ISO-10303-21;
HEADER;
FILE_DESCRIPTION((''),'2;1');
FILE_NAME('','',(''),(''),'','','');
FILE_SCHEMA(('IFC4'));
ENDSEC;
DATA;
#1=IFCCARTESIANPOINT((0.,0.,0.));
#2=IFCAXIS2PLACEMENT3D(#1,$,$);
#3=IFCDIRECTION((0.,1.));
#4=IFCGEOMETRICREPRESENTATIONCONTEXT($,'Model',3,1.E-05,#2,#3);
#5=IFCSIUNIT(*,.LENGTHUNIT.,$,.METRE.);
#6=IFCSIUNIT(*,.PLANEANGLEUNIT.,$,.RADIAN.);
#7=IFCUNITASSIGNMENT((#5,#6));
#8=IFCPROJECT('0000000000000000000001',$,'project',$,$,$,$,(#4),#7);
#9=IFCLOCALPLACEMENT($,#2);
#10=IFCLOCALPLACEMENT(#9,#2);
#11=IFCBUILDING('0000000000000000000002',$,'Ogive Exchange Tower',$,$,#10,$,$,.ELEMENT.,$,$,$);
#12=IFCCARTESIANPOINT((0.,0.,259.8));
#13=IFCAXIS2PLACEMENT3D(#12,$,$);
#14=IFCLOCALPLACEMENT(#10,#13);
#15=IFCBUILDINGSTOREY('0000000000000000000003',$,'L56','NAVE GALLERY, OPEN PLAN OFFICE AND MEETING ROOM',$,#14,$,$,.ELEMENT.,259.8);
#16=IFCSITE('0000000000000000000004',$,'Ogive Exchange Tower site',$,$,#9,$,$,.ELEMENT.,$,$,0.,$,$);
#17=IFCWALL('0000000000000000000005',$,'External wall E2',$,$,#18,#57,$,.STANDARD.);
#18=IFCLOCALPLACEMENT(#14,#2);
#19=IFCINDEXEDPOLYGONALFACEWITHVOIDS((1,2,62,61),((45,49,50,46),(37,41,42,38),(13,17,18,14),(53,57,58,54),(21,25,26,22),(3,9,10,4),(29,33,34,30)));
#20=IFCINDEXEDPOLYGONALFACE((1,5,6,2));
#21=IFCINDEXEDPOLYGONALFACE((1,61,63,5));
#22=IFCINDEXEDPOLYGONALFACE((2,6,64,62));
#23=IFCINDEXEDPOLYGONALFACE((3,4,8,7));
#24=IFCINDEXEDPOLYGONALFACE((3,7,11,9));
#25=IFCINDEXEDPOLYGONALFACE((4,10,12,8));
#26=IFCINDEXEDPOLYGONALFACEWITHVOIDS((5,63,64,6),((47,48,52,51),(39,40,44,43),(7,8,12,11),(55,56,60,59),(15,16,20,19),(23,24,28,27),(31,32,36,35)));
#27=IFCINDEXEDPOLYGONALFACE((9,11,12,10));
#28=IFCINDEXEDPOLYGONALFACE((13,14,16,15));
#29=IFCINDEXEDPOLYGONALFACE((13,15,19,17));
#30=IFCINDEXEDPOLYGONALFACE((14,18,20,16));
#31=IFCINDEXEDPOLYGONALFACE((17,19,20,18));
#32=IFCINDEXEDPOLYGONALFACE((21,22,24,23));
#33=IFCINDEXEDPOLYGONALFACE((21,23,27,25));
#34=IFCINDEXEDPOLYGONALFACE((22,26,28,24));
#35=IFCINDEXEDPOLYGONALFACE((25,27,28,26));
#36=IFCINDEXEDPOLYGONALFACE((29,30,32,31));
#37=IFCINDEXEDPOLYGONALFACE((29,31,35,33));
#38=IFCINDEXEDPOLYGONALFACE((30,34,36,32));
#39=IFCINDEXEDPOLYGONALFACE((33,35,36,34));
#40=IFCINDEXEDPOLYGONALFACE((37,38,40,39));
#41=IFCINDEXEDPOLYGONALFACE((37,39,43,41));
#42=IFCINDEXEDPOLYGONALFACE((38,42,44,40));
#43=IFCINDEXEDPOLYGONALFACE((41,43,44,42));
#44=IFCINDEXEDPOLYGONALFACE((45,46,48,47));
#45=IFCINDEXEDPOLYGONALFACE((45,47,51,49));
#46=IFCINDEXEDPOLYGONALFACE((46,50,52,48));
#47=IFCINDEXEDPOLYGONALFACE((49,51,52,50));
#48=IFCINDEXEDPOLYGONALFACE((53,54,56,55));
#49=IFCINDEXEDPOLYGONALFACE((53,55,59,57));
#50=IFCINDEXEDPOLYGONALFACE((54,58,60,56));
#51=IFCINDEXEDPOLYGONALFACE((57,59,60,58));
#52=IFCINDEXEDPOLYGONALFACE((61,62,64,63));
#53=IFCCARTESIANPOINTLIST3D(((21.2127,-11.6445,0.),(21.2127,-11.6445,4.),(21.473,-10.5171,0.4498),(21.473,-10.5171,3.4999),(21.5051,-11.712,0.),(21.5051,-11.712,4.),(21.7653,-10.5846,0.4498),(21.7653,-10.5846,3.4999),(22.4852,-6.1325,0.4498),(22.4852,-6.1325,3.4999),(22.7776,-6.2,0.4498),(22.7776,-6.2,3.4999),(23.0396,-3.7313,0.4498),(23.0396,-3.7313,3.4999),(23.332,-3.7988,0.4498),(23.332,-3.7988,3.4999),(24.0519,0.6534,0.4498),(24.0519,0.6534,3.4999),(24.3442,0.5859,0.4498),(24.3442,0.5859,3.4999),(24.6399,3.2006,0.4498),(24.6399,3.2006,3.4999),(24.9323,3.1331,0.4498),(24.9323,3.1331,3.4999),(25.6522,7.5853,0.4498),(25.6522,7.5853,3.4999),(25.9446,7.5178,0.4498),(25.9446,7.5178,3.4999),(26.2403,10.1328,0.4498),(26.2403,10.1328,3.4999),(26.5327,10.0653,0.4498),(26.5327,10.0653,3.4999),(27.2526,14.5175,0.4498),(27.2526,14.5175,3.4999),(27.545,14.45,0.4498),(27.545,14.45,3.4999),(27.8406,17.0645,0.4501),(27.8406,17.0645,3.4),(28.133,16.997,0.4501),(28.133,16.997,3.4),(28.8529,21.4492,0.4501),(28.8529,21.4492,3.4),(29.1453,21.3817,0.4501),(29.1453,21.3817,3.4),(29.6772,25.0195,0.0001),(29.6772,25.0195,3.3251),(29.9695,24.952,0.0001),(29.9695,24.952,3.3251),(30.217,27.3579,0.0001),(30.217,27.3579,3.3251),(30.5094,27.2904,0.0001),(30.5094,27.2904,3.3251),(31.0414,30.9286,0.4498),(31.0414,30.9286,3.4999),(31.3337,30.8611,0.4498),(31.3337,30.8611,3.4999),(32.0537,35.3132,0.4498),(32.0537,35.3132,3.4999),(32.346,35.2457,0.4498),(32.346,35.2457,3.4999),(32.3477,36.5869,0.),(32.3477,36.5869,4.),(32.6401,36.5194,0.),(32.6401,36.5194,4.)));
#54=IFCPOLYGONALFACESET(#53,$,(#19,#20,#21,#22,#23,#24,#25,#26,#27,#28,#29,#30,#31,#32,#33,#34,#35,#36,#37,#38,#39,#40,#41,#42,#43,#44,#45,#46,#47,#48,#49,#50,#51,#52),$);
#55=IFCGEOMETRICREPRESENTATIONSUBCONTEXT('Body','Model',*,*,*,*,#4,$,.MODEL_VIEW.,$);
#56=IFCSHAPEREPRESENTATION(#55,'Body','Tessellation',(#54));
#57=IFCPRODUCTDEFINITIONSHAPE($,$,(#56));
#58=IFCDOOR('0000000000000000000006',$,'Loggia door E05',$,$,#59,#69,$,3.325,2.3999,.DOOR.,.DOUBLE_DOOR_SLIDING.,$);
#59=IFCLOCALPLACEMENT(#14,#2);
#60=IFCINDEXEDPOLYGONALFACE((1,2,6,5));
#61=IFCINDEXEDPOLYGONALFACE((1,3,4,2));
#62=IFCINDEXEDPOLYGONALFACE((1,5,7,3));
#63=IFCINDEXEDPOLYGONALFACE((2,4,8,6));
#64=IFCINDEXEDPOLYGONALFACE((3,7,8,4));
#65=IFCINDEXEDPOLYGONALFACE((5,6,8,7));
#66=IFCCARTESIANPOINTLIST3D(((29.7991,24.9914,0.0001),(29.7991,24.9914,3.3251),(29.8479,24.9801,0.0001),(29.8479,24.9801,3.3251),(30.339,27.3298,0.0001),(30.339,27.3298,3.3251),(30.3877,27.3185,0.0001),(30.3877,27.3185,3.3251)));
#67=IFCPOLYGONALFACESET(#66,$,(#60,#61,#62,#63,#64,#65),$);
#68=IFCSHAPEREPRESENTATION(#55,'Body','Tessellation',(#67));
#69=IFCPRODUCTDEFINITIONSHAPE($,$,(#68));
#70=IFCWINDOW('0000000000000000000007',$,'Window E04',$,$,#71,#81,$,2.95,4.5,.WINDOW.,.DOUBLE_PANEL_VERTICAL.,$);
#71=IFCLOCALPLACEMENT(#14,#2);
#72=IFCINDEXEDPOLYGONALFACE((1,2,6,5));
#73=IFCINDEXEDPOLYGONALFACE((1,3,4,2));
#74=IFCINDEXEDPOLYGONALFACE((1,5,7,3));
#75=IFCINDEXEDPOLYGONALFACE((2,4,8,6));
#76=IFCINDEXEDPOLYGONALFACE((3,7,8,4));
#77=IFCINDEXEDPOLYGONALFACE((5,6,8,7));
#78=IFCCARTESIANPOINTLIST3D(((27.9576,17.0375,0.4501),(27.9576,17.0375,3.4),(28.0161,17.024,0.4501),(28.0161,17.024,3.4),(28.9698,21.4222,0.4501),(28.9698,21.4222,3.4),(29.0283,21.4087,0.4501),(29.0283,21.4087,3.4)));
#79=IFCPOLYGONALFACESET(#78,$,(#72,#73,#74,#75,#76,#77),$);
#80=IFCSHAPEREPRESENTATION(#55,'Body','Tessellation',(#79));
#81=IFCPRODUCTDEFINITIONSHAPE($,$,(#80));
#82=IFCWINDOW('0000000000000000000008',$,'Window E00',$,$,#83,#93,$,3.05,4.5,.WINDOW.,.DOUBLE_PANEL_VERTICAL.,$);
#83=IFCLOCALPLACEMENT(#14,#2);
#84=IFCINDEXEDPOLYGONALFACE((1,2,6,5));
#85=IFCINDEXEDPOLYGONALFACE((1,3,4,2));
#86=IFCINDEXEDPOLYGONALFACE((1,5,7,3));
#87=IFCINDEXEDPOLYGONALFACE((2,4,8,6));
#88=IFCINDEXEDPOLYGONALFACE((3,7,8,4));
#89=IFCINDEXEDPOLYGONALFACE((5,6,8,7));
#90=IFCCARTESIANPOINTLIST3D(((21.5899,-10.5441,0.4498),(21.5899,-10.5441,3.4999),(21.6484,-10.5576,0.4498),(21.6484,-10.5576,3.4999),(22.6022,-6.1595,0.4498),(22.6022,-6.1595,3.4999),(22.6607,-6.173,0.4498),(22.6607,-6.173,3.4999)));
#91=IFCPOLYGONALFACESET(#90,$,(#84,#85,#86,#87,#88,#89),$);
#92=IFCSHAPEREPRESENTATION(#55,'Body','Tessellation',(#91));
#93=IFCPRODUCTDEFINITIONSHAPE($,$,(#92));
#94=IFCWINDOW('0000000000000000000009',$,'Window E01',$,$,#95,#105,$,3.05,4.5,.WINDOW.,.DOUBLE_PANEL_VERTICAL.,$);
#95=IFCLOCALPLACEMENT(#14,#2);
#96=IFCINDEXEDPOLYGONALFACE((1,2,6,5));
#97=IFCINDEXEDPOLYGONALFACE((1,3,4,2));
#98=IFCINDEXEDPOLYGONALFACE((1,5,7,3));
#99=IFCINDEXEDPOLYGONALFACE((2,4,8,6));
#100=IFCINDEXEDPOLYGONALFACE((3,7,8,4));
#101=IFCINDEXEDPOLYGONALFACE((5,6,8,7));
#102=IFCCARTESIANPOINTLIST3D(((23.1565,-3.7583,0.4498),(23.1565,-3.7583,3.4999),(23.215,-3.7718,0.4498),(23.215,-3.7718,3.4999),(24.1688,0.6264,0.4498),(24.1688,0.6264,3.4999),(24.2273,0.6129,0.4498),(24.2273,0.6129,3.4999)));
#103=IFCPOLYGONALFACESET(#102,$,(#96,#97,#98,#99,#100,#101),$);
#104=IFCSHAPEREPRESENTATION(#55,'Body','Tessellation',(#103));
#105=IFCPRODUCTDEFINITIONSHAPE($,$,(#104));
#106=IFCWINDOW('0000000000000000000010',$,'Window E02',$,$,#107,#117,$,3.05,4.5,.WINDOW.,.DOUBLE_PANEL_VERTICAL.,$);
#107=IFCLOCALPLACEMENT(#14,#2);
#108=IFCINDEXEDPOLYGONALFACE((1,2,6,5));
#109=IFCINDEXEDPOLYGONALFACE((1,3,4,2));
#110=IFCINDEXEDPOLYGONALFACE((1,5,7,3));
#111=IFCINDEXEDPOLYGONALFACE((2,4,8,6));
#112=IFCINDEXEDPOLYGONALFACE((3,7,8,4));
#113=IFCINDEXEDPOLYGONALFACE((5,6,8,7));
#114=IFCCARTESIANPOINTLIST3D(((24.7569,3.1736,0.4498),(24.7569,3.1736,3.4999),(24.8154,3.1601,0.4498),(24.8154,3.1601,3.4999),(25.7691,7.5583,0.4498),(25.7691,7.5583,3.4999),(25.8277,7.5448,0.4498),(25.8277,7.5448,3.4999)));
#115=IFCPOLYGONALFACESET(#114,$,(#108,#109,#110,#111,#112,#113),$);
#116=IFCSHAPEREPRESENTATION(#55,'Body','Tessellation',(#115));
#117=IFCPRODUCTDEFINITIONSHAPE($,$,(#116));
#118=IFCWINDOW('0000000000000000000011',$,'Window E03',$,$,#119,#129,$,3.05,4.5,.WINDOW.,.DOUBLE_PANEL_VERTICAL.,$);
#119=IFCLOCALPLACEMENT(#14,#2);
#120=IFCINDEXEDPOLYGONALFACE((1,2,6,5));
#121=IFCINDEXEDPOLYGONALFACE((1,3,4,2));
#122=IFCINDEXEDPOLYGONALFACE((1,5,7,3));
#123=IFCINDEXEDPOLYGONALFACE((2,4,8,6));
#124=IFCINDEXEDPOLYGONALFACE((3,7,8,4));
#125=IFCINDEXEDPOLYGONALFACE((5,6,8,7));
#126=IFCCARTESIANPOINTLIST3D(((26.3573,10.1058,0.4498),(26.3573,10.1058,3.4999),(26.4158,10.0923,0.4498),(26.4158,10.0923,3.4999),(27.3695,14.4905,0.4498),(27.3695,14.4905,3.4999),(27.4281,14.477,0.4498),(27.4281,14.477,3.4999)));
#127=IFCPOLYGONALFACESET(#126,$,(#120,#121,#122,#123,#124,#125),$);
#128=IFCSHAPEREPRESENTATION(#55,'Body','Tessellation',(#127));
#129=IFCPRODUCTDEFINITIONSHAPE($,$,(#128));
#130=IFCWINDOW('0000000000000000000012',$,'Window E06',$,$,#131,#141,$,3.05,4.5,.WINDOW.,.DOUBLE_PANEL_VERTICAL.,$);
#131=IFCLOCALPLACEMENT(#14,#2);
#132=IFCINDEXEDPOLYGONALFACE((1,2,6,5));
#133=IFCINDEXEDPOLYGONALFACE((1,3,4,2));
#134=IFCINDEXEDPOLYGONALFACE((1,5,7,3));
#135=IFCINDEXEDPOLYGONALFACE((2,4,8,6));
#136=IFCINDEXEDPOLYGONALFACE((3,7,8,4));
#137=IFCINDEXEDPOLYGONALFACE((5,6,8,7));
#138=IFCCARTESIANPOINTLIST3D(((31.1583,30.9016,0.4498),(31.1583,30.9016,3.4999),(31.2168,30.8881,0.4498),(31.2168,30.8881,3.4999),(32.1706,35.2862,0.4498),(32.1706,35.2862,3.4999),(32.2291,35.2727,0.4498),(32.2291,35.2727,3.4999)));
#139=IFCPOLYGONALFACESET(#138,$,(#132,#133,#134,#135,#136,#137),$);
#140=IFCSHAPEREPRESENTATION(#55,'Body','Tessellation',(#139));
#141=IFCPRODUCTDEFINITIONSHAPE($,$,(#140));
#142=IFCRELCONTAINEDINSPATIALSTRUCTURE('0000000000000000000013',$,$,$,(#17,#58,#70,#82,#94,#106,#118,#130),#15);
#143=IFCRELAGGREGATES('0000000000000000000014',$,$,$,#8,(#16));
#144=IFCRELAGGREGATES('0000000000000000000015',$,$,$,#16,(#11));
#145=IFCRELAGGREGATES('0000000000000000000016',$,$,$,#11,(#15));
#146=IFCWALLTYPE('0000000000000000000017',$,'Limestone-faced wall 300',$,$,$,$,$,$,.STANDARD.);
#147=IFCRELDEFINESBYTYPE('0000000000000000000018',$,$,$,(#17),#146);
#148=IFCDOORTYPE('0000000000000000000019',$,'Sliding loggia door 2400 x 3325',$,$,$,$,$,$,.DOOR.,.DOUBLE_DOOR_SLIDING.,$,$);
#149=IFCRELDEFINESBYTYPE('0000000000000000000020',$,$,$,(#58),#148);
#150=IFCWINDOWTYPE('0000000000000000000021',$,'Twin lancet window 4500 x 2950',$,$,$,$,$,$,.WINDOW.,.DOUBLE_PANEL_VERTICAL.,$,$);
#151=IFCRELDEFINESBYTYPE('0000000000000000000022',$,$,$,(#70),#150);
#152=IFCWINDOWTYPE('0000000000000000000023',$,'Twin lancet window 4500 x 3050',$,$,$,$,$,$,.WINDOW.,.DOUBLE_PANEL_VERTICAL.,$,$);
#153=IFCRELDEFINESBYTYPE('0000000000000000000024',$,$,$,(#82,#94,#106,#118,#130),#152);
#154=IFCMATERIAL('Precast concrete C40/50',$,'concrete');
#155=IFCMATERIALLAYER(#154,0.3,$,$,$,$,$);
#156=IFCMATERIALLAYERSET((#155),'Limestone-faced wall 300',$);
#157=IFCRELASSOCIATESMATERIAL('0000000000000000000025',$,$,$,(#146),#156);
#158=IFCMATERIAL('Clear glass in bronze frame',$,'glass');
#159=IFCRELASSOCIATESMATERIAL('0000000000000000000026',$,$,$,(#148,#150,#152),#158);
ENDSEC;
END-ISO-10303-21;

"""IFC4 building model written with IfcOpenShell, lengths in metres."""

from ifc_helpers import new_model, si_unit, direction, frame, frame_2d, origin, place, context, subcontext, project, spatial, rectangle, extrude, material, layer, layer_set, type_object, element, fill, save


model = new_model("IFC4")

# Units and contexts
model_context = context("Model", 3, precision=1e-05, world=origin(), true_north=direction((0.0, 1.0)))
body_context = subcontext(model_context, "Body", "Model", "MODEL_VIEW")
ifc_project = project(units=[si_unit("LENGTHUNIT", "METRE"), si_unit("PLANEANGLEUNIT", "RADIAN")], contexts=[model_context])

# Site, building, storey
site_placement = place(None, origin())
site = spatial("IfcSite", under=ifc_project, at=site_placement, Name="Ogive Exchange Tower site", CompositionType="ELEMENT", RefElevation=0.0)
building_placement = place(site_placement, origin())
building = spatial("IfcBuilding", under=site, at=building_placement, Name="Ogive Exchange Tower", CompositionType="ELEMENT")
storey_placement = place(building_placement, frame((0.0, 0.0, 259.8)))
storey = spatial("IfcBuildingStorey", under=building, at=storey_placement, Name="L56", Description="NAVE GALLERY, OPEN PLAN OFFICE AND MEETING ROOM", CompositionType="ELEMENT", Elevation=259.8)

# Wall, openings, door, windows
ifc_material_1 = material(Name="Precast concrete C40/50", Category="concrete")
ifc_layer_1 = layer(ifc_material_1, 0.3)
ifc_layer_set_1 = layer_set([ifc_layer_1], Name="Limestone-faced wall 300")
wall_type_1 = type_object("IfcWallType", Name="Limestone-faced wall 300", PredefinedType="STANDARD", material=ifc_layer_set_1)
wall_1_placement = place(storey_placement, frame((21.3589, -11.6782, 0.0), z_axis=(0.0, 0.0, 1.0), x_axis=(0.224949, 0.97437, 0.0)))
wall_1 = element("IfcWall", 1, at=wall_1_placement, inside=storey, type_object=wall_type_1, Name="External wall E2", PredefinedType="STANDARD", context=body_context, shape_type="SweptSolid", body=[
    extrude(rectangle(XDim=49.5, YDim=0.3, at=frame_2d((24.75, 0.0))), origin(), (0.0, 0.0, 1.0), 4.0),
])
opening_1_placement = place(wall_1_placement, frame((1.157, 0.0, 0.45)))
opening_1 = element("IfcOpeningElement", 2, at=opening_1_placement, cuts=wall_1, PredefinedType="OPENING", context=body_context, shape_type="SweptSolid", body=[
    extrude(rectangle(XDim=4.5, YDim=3.05, at=frame_2d((2.25, 1.5249))), frame((0.0, 0.1599, 0.0), z_axis=(0.0, -1.0, 0.0), x_axis=(1.0, 0.0, 0.0)), (0.0, 0.0, 1.0), 0.3201),
])
opening_2_placement = place(wall_1_placement, frame((8.1213, 0.0, 0.45)))
opening_2 = element("IfcOpeningElement", 3, at=opening_2_placement, cuts=wall_1, PredefinedType="OPENING", context=body_context, shape_type="SweptSolid", body=[
    extrude(rectangle(XDim=4.5, YDim=3.05, at=frame_2d((2.25, 1.5249))), frame((0.0, 0.1599, 0.0), z_axis=(0.0, -1.0, 0.0), x_axis=(1.0, 0.0, 0.0)), (0.0, 0.0, 1.0), 0.3201),
])
opening_3_placement = place(wall_1_placement, frame((15.2356, 0.0, 0.45)))
opening_3 = element("IfcOpeningElement", 4, at=opening_3_placement, cuts=wall_1, PredefinedType="OPENING", context=body_context, shape_type="SweptSolid", body=[
    extrude(rectangle(XDim=4.5, YDim=3.05, at=frame_2d((2.25, 1.5249))), frame((0.0, 0.1599, 0.0), z_axis=(0.0, -1.0, 0.0), x_axis=(1.0, 0.0, 0.0)), (0.0, 0.0, 1.0), 0.3201),
])
opening_4_placement = place(wall_1_placement, frame((22.3501, 0.0, 0.45)))
opening_4 = element("IfcOpeningElement", 5, at=opening_4_placement, cuts=wall_1, PredefinedType="OPENING", context=body_context, shape_type="SweptSolid", body=[
    extrude(rectangle(XDim=4.5, YDim=3.05, at=frame_2d((2.25, 1.5249))), frame((0.0, 0.1599, 0.0), z_axis=(0.0, -1.0, 0.0), x_axis=(1.0, 0.0, 0.0)), (0.0, 0.0, 1.0), 0.3201),
])
opening_5_placement = place(wall_1_placement, frame((29.4641, 0.0, 0.45)))
opening_5 = element("IfcOpeningElement", 6, at=opening_5_placement, cuts=wall_1, PredefinedType="OPENING", context=body_context, shape_type="SweptSolid", body=[
    extrude(rectangle(XDim=4.5, YDim=2.95, at=frame_2d((2.25, 1.4751))), frame((0.0, 0.1599, 0.0), z_axis=(0.0, -1.0, 0.0), x_axis=(1.0, 0.0, 0.0)), (0.0, 0.0, 1.0), 0.3201),
])
opening_6_placement = place(wall_1_placement, frame((37.6284, 0.0, 0.0)))
opening_6 = element("IfcOpeningElement", 7, at=opening_6_placement, cuts=wall_1, PredefinedType="OPENING", context=body_context, shape_type="SweptSolid", body=[
    extrude(rectangle(XDim=2.3999, YDim=3.325, at=frame_2d((1.2, 1.6626))), frame((0.0, 0.1599, 0.0), z_axis=(0.0, -1.0, 0.0), x_axis=(1.0, 0.0, 0.0)), (0.0, 0.0, 1.0), 0.3201),
])
opening_7_placement = place(wall_1_placement, frame((43.6929, 0.0, 0.45)))
opening_7 = element("IfcOpeningElement", 8, at=opening_7_placement, cuts=wall_1, PredefinedType="OPENING", context=body_context, shape_type="SweptSolid", body=[
    extrude(rectangle(XDim=4.5, YDim=3.05, at=frame_2d((2.25, 1.5249))), frame((0.0, 0.1599, 0.0), z_axis=(0.0, -1.0, 0.0), x_axis=(1.0, 0.0, 0.0)), (0.0, 0.0, 1.0), 0.3201),
])
ifc_material_2 = material(Name="Clear glass in bronze frame", Category="glass")
door_type_1 = type_object("IfcDoorType", Name="Sliding loggia door 2400 x 3325", OperationType="DOUBLE_DOOR_SLIDING", PredefinedType="DOOR", material=ifc_material_2)
door_1_placement = place(opening_6_placement, origin())
door_1 = element("IfcDoor", 9, at=door_1_placement, inside=storey, type_object=door_type_1, Name="Loggia door E05", OperationType="DOUBLE_DOOR_SLIDING", OverallHeight=3.325, OverallWidth=2.3999, PredefinedType="DOOR", context=body_context, shape_type="SweptSolid", body=[
    extrude(rectangle(XDim=2.3999, YDim=3.325, at=frame_2d((1.2, 1.6626))), frame((0.0, 0.0249, 0.0), z_axis=(0.0, -1.0, 0.0), x_axis=(1.0, 0.0, 0.0)), (0.0, 0.0, 1.0), 0.05),
])
fill(opening_6, door_1)
window_type_1 = type_object("IfcWindowType", Name="Twin lancet window 4500 x 2950", PartitioningType="DOUBLE_PANEL_VERTICAL", PredefinedType="WINDOW", material=ifc_material_2)
window_1_placement = place(opening_5_placement, origin())
window_1 = element("IfcWindow", 10, at=window_1_placement, inside=storey, type_object=window_type_1, Name="Window E04", OverallHeight=2.95, OverallWidth=4.5, PartitioningType="DOUBLE_PANEL_VERTICAL", PredefinedType="WINDOW", context=body_context, shape_type="SweptSolid", body=[
    extrude(rectangle(XDim=4.5, YDim=2.95, at=frame_2d((2.25, 1.4751))), frame((0.0, 0.03, 0.0), z_axis=(0.0, -1.0, 0.0), x_axis=(1.0, 0.0, 0.0)), (0.0, 0.0, 1.0), 0.0601),
])
fill(opening_5, window_1)
window_type_2 = type_object("IfcWindowType", Name="Twin lancet window 4500 x 3050", PartitioningType="DOUBLE_PANEL_VERTICAL", PredefinedType="WINDOW", material=ifc_material_2)
window_2_placement = place(opening_1_placement, origin())
window_2 = element("IfcWindow", 11, at=window_2_placement, inside=storey, type_object=window_type_2, Name="Window E00", OverallHeight=3.05, OverallWidth=4.5, PartitioningType="DOUBLE_PANEL_VERTICAL", PredefinedType="WINDOW", context=body_context, shape_type="SweptSolid", body=[
    extrude(rectangle(XDim=4.5, YDim=3.05, at=frame_2d((2.25, 1.5249))), frame((0.0, 0.03, 0.0), z_axis=(0.0, -1.0, 0.0), x_axis=(1.0, 0.0, 0.0)), (0.0, 0.0, 1.0), 0.0601),
])
fill(opening_1, window_2)
window_3_placement = place(opening_2_placement, origin())
window_3 = element("IfcWindow", 12, at=window_3_placement, inside=storey, type_object=window_type_2, Name="Window E01", OverallHeight=3.05, OverallWidth=4.5, PartitioningType="DOUBLE_PANEL_VERTICAL", PredefinedType="WINDOW", context=body_context, shape_type="SweptSolid", body=[
    extrude(rectangle(XDim=4.5, YDim=3.05, at=frame_2d((2.25, 1.5249))), frame((0.0, 0.03, 0.0), z_axis=(0.0, -1.0, 0.0), x_axis=(1.0, 0.0, 0.0)), (0.0, 0.0, 1.0), 0.0601),
])
fill(opening_2, window_3)
window_4_placement = place(opening_3_placement, origin())
window_4 = element("IfcWindow", 13, at=window_4_placement, inside=storey, type_object=window_type_2, Name="Window E02", OverallHeight=3.05, OverallWidth=4.5, PartitioningType="DOUBLE_PANEL_VERTICAL", PredefinedType="WINDOW", context=body_context, shape_type="SweptSolid", body=[
    extrude(rectangle(XDim=4.5, YDim=3.05, at=frame_2d((2.25, 1.5249))), frame((0.0, 0.03, 0.0), z_axis=(0.0, -1.0, 0.0), x_axis=(1.0, 0.0, 0.0)), (0.0, 0.0, 1.0), 0.0601),
])
fill(opening_3, window_4)
window_5_placement = place(opening_4_placement, origin())
window_5 = element("IfcWindow", 14, at=window_5_placement, inside=storey, type_object=window_type_2, Name="Window E03", OverallHeight=3.05, OverallWidth=4.5, PartitioningType="DOUBLE_PANEL_VERTICAL", PredefinedType="WINDOW", context=body_context, shape_type="SweptSolid", body=[
    extrude(rectangle(XDim=4.5, YDim=3.05, at=frame_2d((2.25, 1.5249))), frame((0.0, 0.03, 0.0), z_axis=(0.0, -1.0, 0.0), x_axis=(1.0, 0.0, 0.0)), (0.0, 0.0, 1.0), 0.0601),
])
fill(opening_4, window_5)
window_6_placement = place(opening_7_placement, origin())
window_6 = element("IfcWindow", 15, at=window_6_placement, inside=storey, type_object=window_type_2, Name="Window E06", OverallHeight=3.05, OverallWidth=4.5, PartitioningType="DOUBLE_PANEL_VERTICAL", PredefinedType="WINDOW", context=body_context, shape_type="SweptSolid", body=[
    extrude(rectangle(XDim=4.5, YDim=3.05, at=frame_2d((2.25, 1.5249))), frame((0.0, 0.03, 0.0), z_axis=(0.0, -1.0, 0.0), x_axis=(1.0, 0.0, 0.0)), (0.0, 0.0, 1.0), 0.0601),
])
fill(opening_7, window_6)

save(model, "model.ifc")
